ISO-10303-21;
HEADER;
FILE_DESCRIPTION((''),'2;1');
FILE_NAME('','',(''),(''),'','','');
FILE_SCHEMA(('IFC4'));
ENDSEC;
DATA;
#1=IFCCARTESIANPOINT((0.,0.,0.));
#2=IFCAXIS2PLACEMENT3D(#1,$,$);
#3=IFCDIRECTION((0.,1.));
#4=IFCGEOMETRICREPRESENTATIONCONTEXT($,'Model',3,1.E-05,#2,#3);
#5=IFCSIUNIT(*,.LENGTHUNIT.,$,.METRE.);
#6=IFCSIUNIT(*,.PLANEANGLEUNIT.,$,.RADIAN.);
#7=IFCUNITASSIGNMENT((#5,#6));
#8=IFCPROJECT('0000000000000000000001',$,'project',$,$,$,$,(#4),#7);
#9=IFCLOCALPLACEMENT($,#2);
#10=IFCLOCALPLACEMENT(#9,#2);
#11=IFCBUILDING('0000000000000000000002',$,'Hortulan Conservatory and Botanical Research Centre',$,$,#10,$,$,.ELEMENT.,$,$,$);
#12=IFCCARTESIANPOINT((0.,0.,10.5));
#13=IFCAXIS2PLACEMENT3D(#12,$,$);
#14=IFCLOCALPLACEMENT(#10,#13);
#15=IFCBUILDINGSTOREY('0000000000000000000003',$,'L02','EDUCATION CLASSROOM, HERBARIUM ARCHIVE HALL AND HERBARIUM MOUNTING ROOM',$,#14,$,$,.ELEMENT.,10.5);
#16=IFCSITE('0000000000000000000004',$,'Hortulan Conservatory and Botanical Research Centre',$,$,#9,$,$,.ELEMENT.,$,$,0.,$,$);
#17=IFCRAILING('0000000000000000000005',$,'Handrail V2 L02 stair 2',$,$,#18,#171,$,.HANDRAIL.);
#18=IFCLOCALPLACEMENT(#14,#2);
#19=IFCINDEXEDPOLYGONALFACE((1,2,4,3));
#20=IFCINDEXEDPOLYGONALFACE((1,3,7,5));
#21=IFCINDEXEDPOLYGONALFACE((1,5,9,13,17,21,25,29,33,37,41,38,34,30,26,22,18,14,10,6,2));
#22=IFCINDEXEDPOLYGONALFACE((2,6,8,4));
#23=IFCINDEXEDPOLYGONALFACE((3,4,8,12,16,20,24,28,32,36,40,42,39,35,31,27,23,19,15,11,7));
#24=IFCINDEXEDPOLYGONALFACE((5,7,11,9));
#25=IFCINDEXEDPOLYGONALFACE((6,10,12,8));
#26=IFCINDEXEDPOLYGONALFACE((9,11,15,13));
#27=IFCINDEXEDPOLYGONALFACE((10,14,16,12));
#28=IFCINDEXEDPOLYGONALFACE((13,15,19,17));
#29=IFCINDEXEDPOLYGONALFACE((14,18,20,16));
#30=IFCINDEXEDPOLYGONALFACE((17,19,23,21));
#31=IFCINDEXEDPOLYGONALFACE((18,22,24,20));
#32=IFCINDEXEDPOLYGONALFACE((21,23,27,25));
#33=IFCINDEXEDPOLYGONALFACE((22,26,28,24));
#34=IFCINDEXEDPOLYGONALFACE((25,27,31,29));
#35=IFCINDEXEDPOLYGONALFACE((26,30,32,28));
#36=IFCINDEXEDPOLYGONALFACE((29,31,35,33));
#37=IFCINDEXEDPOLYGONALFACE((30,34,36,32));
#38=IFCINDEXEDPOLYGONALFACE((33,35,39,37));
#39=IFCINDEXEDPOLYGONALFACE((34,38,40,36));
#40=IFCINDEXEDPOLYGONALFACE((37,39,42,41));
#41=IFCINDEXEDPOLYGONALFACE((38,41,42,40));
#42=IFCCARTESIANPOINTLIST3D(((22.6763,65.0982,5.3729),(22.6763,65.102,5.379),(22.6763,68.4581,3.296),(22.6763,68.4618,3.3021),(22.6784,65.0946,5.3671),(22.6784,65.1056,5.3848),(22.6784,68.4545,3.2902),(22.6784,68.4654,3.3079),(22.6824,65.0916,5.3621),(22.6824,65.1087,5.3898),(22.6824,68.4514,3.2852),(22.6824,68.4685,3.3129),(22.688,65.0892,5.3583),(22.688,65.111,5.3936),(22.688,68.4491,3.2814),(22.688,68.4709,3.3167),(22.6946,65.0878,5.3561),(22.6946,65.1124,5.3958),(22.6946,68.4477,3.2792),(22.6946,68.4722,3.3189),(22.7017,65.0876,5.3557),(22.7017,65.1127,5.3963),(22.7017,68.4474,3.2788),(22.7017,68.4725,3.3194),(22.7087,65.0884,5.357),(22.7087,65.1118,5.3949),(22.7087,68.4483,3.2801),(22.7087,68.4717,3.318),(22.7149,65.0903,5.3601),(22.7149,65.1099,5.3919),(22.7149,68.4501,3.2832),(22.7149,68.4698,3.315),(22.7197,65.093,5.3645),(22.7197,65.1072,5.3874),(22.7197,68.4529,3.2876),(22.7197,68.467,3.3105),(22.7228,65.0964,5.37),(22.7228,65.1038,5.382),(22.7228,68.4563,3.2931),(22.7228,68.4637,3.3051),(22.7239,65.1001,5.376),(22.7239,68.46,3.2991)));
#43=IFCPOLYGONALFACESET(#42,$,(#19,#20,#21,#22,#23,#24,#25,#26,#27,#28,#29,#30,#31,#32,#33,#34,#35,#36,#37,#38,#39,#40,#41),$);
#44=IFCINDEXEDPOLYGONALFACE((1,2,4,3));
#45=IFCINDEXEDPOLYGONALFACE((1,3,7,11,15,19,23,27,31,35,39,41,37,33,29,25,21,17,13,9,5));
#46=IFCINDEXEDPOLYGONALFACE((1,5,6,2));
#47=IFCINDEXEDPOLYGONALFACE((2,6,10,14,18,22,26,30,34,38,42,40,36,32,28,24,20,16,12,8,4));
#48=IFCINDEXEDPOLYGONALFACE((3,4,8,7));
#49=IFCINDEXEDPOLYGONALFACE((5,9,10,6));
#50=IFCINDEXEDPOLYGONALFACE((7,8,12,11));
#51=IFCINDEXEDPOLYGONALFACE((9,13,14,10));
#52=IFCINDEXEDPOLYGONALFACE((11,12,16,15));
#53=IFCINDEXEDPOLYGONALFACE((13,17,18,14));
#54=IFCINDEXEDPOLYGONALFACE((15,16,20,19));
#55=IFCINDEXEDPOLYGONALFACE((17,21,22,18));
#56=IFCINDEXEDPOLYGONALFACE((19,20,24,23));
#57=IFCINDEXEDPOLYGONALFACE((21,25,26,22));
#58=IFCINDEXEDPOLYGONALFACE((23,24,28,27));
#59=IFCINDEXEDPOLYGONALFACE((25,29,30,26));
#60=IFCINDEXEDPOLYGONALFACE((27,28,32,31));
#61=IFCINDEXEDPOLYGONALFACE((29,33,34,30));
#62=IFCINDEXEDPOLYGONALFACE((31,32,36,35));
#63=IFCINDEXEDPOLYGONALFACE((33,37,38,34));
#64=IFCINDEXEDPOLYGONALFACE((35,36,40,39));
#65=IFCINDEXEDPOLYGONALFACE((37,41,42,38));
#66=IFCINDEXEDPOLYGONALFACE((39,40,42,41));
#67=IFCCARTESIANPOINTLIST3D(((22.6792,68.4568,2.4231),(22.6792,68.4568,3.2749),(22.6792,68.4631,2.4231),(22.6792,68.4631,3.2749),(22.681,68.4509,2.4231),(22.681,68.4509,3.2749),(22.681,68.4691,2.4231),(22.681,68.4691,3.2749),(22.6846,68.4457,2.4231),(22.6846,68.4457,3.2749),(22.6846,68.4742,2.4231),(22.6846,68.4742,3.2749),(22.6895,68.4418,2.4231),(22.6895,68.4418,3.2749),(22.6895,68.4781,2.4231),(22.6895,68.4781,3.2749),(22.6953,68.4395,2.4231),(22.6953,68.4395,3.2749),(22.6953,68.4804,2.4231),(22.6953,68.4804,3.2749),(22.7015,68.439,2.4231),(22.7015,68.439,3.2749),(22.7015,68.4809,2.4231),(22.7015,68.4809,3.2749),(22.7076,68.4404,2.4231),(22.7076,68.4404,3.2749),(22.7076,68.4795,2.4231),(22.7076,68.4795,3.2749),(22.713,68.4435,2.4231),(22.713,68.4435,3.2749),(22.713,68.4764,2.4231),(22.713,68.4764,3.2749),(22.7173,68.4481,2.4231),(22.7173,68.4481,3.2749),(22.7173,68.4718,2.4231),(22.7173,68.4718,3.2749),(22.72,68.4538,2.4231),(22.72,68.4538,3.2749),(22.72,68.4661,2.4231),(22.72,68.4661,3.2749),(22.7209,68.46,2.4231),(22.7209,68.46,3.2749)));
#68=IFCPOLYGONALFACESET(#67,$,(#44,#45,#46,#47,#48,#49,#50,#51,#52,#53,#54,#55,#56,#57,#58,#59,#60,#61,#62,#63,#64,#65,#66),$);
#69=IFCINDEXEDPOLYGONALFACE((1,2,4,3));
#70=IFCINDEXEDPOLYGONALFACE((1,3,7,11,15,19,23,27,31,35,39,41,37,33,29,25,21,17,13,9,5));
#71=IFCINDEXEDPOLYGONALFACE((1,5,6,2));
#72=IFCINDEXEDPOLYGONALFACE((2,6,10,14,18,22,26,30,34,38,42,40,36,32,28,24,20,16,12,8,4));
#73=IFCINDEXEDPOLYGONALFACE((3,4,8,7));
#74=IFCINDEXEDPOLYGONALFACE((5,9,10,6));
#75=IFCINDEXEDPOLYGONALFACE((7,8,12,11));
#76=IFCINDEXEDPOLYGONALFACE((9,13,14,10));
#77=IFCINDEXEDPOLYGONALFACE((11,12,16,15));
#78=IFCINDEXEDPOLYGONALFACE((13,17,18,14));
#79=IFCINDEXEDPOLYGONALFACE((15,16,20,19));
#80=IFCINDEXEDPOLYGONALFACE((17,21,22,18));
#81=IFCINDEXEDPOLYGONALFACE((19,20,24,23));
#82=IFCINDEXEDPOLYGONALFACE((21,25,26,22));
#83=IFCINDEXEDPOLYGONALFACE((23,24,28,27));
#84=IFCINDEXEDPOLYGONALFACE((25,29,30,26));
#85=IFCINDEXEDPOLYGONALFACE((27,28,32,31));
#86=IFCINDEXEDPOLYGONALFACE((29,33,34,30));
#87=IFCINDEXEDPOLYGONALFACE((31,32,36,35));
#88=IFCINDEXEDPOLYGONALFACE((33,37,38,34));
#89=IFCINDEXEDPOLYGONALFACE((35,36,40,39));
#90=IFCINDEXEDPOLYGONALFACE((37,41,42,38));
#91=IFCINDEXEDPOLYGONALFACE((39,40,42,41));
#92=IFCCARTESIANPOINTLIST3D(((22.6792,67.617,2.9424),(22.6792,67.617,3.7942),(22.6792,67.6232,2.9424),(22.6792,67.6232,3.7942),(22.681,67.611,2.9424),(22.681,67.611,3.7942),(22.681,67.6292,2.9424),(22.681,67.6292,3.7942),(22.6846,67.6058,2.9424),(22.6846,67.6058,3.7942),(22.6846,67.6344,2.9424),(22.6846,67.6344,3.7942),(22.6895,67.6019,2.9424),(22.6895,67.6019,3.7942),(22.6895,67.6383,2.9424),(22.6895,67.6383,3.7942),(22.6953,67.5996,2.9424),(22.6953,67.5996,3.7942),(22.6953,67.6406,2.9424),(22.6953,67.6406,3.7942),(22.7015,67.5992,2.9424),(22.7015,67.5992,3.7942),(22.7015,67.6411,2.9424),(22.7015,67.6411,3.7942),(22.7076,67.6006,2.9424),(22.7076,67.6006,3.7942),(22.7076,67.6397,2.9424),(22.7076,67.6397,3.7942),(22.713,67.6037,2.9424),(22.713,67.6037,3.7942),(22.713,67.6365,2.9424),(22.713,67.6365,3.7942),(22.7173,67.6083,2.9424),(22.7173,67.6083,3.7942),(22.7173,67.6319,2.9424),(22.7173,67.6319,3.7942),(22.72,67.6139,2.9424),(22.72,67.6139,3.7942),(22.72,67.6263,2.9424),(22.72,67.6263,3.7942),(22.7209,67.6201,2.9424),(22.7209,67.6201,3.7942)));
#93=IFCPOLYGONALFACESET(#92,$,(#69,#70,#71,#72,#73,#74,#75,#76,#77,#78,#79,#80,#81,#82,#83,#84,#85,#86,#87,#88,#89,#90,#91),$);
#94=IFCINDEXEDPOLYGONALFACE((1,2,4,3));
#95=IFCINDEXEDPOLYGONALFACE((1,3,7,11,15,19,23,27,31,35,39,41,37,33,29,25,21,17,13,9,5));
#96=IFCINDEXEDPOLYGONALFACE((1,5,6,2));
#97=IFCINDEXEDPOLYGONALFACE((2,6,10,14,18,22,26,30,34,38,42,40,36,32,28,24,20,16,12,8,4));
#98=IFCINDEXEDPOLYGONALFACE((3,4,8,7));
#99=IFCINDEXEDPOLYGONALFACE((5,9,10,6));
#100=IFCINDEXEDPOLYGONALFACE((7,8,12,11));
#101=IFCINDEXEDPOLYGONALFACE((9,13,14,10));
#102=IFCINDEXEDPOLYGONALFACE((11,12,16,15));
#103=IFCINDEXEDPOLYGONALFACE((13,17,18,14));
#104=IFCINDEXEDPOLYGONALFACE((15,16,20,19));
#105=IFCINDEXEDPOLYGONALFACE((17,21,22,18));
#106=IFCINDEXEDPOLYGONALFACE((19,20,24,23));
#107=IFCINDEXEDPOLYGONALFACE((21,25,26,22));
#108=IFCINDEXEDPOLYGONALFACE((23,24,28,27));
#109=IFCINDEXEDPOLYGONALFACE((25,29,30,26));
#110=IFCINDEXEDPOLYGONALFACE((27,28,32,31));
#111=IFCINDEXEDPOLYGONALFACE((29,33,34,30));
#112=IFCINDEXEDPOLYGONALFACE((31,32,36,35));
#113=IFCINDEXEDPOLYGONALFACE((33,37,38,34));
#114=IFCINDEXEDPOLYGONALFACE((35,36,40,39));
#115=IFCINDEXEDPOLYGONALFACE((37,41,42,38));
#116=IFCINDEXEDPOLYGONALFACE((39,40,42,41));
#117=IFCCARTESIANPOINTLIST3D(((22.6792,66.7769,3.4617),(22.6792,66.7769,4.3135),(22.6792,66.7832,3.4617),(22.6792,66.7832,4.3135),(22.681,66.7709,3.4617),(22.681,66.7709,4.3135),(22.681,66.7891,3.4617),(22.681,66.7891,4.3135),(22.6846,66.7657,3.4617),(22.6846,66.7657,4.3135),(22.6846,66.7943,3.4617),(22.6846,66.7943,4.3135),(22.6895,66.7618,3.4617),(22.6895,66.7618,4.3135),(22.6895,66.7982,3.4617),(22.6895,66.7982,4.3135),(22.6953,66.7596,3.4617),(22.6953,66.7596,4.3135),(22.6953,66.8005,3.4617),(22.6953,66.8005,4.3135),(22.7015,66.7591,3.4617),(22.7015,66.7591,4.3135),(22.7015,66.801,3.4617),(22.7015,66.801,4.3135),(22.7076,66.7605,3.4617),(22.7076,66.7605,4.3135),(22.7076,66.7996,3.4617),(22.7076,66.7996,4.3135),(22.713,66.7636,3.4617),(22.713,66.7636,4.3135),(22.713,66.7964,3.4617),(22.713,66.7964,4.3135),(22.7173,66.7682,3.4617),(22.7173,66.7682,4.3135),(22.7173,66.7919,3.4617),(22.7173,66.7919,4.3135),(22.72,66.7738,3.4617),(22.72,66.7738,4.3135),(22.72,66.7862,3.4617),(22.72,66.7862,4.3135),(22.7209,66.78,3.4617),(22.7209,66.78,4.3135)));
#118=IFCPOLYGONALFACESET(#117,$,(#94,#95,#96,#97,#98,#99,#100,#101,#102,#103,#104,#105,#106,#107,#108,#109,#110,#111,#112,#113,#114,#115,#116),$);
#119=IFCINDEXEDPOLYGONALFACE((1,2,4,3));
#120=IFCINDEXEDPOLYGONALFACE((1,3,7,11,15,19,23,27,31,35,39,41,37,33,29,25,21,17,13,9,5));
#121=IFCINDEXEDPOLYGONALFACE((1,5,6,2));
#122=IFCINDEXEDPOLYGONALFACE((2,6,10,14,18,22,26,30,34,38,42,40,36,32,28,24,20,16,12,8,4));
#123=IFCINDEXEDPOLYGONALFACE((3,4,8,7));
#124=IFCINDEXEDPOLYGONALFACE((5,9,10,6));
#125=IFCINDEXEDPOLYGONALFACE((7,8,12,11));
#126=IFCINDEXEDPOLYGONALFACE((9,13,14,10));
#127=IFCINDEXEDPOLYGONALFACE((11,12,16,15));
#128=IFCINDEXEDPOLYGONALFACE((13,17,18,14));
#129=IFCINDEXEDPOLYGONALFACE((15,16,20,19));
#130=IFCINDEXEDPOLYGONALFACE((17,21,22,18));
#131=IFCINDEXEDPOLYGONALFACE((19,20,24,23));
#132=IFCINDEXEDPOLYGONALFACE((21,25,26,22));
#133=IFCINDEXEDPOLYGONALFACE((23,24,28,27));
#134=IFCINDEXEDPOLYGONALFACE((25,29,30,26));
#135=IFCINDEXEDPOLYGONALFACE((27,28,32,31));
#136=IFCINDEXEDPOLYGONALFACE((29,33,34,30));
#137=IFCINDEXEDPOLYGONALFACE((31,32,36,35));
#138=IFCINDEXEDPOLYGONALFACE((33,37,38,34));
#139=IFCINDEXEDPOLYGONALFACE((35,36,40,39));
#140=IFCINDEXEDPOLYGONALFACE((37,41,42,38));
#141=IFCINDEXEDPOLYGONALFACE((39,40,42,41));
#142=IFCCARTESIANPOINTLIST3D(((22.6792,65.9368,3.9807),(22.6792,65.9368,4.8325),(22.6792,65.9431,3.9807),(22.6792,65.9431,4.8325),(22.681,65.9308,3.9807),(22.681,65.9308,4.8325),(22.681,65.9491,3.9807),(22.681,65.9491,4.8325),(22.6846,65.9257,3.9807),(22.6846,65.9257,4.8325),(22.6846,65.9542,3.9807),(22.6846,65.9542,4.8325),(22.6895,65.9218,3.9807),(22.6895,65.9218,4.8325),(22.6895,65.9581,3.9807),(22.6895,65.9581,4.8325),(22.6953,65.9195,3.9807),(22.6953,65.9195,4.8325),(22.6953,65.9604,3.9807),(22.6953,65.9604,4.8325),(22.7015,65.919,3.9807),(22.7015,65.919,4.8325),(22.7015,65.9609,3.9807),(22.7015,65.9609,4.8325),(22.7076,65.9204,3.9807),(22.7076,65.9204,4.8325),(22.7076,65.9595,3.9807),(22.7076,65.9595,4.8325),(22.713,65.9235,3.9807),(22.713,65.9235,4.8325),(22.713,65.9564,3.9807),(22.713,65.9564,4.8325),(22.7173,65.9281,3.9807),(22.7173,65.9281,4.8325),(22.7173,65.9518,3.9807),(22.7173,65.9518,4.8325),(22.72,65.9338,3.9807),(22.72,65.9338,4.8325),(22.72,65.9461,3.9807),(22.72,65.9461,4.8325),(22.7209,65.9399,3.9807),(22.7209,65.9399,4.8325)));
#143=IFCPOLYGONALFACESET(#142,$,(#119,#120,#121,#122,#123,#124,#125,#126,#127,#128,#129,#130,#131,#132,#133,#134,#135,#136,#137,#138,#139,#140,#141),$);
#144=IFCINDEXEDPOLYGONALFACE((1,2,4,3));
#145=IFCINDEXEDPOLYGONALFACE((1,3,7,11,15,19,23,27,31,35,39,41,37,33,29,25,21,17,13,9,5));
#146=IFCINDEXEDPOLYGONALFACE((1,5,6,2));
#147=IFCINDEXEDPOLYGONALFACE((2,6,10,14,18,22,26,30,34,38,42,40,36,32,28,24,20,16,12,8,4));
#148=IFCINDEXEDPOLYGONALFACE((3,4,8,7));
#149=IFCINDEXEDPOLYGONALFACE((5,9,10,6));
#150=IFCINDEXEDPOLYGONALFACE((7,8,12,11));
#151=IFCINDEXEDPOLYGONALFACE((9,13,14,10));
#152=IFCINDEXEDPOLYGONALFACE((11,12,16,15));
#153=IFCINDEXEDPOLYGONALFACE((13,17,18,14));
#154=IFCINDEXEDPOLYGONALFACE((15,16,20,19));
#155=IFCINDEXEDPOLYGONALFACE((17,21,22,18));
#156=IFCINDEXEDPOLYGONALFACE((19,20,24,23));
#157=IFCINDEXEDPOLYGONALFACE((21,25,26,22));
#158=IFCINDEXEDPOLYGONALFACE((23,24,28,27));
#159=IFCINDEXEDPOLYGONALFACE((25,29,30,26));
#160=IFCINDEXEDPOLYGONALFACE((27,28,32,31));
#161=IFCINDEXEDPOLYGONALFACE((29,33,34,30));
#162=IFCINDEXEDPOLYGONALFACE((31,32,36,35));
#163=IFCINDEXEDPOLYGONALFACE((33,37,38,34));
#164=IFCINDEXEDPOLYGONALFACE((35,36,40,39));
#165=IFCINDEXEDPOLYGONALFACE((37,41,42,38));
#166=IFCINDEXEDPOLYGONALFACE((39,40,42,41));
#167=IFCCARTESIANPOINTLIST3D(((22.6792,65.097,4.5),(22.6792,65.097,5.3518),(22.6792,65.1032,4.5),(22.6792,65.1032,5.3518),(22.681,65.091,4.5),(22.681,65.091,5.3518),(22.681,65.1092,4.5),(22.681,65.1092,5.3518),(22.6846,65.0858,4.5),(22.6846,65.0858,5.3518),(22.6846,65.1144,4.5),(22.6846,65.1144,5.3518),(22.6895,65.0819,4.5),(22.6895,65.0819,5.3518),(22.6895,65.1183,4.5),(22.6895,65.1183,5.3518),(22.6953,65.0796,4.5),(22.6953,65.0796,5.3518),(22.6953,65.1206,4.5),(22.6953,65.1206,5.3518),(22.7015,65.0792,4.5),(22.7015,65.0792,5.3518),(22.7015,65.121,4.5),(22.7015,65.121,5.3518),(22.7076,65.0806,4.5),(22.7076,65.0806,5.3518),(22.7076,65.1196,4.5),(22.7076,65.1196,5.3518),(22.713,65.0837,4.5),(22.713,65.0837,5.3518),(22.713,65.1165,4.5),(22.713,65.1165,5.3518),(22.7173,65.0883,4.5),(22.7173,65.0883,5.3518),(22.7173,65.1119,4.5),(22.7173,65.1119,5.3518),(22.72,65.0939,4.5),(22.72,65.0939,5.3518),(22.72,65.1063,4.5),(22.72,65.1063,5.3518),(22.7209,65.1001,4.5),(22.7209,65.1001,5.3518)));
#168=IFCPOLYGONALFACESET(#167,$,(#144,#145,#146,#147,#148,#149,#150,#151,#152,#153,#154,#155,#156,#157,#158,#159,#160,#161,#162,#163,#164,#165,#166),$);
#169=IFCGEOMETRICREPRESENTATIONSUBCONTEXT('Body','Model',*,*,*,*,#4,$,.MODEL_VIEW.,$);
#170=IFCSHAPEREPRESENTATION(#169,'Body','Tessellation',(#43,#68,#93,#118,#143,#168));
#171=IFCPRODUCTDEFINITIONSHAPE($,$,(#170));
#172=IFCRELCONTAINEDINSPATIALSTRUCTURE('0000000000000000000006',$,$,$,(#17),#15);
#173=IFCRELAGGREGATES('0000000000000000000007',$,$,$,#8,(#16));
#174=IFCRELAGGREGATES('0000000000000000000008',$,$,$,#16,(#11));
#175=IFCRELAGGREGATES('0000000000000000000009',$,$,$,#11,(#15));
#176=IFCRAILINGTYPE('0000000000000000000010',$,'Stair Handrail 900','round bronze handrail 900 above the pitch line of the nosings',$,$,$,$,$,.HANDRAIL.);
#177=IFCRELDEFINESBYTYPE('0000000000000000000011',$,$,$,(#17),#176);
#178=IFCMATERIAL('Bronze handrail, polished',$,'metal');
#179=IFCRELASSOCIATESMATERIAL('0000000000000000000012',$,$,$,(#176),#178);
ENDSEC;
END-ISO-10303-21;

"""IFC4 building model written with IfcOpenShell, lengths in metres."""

from ifc_helpers import new_model, si_unit, direction, frame, origin, origin_2d, place, context, subcontext, project, spatial, circle, extrude, material, type_object, element, save


model = new_model("IFC4")

# Units and contexts
model_context = context("Model", 3, precision=1e-05, world=origin(), true_north=direction((0.0, 1.0)))
body_context = subcontext(model_context, "Body", "Model", "MODEL_VIEW")
ifc_project = project(units=[si_unit("LENGTHUNIT", "METRE"), si_unit("PLANEANGLEUNIT", "RADIAN")], contexts=[model_context])

# Site, building, storey
site_placement = place(None, origin())
site = spatial("IfcSite", under=ifc_project, at=site_placement, Name="Hortulan Conservatory and Botanical Research Centre", CompositionType="ELEMENT", RefElevation=0.0)
building_placement = place(site_placement, origin())
building = spatial("IfcBuilding", under=site, at=building_placement, Name="Hortulan Conservatory and Botanical Research Centre", CompositionType="ELEMENT")
storey_placement = place(building_placement, frame((0.0, 0.0, 10.5)))
storey = spatial("IfcBuildingStorey", under=building, at=storey_placement, Name="L02", Description="EDUCATION CLASSROOM, HERBARIUM ARCHIVE HALL AND HERBARIUM MOUNTING ROOM", CompositionType="ELEMENT", Elevation=10.5)

# Railing
ifc_material_1 = material(Name="Bronze handrail, polished", Category="metal")
railing_type = type_object("IfcRailingType", Name="Stair Handrail 900", Description="round bronze handrail 900 above the pitch line of the nosings", PredefinedType="HANDRAIL", material=ifc_material_1)
railing_placement = place(storey_placement, frame((22.7, 68.46, 2.4231)))
element("IfcRailing", 1, at=railing_placement, inside=storey, type_object=railing_type, Name="Handrail V2 L02 stair 2", PredefinedType="HANDRAIL", context=body_context, shape_type="SweptSolid", body=[
    extrude(circle(Radius=0.0239, at=origin_2d()), frame((0.0, 0.0, 0.876), z_axis=(0.0, -0.850606, 0.525803), x_axis=(1.0, 0.0, 0.0)), (0.0, 0.0, 1.0), 3.95),
    extrude(circle(Radius=0.021, at=origin_2d()), origin(), (0.0, 0.0, 1.0), 0.8518),
    extrude(circle(Radius=0.021, at=origin_2d()), frame((0.0, -0.8398, 0.5193)), (0.0, 0.0, 1.0), 0.8518),
    extrude(circle(Radius=0.021, at=origin_2d()), frame((0.0, -1.6799, 1.0386)), (0.0, 0.0, 1.0), 0.8518),
    extrude(circle(Radius=0.021, at=origin_2d()), frame((0.0, -2.52, 1.5576)), (0.0, 0.0, 1.0), 0.8518),
    extrude(circle(Radius=0.021, at=origin_2d()), frame((0.0, -3.3599, 2.0769)), (0.0, 0.0, 1.0), 0.8518),
])

save(model, "model.ifc")
